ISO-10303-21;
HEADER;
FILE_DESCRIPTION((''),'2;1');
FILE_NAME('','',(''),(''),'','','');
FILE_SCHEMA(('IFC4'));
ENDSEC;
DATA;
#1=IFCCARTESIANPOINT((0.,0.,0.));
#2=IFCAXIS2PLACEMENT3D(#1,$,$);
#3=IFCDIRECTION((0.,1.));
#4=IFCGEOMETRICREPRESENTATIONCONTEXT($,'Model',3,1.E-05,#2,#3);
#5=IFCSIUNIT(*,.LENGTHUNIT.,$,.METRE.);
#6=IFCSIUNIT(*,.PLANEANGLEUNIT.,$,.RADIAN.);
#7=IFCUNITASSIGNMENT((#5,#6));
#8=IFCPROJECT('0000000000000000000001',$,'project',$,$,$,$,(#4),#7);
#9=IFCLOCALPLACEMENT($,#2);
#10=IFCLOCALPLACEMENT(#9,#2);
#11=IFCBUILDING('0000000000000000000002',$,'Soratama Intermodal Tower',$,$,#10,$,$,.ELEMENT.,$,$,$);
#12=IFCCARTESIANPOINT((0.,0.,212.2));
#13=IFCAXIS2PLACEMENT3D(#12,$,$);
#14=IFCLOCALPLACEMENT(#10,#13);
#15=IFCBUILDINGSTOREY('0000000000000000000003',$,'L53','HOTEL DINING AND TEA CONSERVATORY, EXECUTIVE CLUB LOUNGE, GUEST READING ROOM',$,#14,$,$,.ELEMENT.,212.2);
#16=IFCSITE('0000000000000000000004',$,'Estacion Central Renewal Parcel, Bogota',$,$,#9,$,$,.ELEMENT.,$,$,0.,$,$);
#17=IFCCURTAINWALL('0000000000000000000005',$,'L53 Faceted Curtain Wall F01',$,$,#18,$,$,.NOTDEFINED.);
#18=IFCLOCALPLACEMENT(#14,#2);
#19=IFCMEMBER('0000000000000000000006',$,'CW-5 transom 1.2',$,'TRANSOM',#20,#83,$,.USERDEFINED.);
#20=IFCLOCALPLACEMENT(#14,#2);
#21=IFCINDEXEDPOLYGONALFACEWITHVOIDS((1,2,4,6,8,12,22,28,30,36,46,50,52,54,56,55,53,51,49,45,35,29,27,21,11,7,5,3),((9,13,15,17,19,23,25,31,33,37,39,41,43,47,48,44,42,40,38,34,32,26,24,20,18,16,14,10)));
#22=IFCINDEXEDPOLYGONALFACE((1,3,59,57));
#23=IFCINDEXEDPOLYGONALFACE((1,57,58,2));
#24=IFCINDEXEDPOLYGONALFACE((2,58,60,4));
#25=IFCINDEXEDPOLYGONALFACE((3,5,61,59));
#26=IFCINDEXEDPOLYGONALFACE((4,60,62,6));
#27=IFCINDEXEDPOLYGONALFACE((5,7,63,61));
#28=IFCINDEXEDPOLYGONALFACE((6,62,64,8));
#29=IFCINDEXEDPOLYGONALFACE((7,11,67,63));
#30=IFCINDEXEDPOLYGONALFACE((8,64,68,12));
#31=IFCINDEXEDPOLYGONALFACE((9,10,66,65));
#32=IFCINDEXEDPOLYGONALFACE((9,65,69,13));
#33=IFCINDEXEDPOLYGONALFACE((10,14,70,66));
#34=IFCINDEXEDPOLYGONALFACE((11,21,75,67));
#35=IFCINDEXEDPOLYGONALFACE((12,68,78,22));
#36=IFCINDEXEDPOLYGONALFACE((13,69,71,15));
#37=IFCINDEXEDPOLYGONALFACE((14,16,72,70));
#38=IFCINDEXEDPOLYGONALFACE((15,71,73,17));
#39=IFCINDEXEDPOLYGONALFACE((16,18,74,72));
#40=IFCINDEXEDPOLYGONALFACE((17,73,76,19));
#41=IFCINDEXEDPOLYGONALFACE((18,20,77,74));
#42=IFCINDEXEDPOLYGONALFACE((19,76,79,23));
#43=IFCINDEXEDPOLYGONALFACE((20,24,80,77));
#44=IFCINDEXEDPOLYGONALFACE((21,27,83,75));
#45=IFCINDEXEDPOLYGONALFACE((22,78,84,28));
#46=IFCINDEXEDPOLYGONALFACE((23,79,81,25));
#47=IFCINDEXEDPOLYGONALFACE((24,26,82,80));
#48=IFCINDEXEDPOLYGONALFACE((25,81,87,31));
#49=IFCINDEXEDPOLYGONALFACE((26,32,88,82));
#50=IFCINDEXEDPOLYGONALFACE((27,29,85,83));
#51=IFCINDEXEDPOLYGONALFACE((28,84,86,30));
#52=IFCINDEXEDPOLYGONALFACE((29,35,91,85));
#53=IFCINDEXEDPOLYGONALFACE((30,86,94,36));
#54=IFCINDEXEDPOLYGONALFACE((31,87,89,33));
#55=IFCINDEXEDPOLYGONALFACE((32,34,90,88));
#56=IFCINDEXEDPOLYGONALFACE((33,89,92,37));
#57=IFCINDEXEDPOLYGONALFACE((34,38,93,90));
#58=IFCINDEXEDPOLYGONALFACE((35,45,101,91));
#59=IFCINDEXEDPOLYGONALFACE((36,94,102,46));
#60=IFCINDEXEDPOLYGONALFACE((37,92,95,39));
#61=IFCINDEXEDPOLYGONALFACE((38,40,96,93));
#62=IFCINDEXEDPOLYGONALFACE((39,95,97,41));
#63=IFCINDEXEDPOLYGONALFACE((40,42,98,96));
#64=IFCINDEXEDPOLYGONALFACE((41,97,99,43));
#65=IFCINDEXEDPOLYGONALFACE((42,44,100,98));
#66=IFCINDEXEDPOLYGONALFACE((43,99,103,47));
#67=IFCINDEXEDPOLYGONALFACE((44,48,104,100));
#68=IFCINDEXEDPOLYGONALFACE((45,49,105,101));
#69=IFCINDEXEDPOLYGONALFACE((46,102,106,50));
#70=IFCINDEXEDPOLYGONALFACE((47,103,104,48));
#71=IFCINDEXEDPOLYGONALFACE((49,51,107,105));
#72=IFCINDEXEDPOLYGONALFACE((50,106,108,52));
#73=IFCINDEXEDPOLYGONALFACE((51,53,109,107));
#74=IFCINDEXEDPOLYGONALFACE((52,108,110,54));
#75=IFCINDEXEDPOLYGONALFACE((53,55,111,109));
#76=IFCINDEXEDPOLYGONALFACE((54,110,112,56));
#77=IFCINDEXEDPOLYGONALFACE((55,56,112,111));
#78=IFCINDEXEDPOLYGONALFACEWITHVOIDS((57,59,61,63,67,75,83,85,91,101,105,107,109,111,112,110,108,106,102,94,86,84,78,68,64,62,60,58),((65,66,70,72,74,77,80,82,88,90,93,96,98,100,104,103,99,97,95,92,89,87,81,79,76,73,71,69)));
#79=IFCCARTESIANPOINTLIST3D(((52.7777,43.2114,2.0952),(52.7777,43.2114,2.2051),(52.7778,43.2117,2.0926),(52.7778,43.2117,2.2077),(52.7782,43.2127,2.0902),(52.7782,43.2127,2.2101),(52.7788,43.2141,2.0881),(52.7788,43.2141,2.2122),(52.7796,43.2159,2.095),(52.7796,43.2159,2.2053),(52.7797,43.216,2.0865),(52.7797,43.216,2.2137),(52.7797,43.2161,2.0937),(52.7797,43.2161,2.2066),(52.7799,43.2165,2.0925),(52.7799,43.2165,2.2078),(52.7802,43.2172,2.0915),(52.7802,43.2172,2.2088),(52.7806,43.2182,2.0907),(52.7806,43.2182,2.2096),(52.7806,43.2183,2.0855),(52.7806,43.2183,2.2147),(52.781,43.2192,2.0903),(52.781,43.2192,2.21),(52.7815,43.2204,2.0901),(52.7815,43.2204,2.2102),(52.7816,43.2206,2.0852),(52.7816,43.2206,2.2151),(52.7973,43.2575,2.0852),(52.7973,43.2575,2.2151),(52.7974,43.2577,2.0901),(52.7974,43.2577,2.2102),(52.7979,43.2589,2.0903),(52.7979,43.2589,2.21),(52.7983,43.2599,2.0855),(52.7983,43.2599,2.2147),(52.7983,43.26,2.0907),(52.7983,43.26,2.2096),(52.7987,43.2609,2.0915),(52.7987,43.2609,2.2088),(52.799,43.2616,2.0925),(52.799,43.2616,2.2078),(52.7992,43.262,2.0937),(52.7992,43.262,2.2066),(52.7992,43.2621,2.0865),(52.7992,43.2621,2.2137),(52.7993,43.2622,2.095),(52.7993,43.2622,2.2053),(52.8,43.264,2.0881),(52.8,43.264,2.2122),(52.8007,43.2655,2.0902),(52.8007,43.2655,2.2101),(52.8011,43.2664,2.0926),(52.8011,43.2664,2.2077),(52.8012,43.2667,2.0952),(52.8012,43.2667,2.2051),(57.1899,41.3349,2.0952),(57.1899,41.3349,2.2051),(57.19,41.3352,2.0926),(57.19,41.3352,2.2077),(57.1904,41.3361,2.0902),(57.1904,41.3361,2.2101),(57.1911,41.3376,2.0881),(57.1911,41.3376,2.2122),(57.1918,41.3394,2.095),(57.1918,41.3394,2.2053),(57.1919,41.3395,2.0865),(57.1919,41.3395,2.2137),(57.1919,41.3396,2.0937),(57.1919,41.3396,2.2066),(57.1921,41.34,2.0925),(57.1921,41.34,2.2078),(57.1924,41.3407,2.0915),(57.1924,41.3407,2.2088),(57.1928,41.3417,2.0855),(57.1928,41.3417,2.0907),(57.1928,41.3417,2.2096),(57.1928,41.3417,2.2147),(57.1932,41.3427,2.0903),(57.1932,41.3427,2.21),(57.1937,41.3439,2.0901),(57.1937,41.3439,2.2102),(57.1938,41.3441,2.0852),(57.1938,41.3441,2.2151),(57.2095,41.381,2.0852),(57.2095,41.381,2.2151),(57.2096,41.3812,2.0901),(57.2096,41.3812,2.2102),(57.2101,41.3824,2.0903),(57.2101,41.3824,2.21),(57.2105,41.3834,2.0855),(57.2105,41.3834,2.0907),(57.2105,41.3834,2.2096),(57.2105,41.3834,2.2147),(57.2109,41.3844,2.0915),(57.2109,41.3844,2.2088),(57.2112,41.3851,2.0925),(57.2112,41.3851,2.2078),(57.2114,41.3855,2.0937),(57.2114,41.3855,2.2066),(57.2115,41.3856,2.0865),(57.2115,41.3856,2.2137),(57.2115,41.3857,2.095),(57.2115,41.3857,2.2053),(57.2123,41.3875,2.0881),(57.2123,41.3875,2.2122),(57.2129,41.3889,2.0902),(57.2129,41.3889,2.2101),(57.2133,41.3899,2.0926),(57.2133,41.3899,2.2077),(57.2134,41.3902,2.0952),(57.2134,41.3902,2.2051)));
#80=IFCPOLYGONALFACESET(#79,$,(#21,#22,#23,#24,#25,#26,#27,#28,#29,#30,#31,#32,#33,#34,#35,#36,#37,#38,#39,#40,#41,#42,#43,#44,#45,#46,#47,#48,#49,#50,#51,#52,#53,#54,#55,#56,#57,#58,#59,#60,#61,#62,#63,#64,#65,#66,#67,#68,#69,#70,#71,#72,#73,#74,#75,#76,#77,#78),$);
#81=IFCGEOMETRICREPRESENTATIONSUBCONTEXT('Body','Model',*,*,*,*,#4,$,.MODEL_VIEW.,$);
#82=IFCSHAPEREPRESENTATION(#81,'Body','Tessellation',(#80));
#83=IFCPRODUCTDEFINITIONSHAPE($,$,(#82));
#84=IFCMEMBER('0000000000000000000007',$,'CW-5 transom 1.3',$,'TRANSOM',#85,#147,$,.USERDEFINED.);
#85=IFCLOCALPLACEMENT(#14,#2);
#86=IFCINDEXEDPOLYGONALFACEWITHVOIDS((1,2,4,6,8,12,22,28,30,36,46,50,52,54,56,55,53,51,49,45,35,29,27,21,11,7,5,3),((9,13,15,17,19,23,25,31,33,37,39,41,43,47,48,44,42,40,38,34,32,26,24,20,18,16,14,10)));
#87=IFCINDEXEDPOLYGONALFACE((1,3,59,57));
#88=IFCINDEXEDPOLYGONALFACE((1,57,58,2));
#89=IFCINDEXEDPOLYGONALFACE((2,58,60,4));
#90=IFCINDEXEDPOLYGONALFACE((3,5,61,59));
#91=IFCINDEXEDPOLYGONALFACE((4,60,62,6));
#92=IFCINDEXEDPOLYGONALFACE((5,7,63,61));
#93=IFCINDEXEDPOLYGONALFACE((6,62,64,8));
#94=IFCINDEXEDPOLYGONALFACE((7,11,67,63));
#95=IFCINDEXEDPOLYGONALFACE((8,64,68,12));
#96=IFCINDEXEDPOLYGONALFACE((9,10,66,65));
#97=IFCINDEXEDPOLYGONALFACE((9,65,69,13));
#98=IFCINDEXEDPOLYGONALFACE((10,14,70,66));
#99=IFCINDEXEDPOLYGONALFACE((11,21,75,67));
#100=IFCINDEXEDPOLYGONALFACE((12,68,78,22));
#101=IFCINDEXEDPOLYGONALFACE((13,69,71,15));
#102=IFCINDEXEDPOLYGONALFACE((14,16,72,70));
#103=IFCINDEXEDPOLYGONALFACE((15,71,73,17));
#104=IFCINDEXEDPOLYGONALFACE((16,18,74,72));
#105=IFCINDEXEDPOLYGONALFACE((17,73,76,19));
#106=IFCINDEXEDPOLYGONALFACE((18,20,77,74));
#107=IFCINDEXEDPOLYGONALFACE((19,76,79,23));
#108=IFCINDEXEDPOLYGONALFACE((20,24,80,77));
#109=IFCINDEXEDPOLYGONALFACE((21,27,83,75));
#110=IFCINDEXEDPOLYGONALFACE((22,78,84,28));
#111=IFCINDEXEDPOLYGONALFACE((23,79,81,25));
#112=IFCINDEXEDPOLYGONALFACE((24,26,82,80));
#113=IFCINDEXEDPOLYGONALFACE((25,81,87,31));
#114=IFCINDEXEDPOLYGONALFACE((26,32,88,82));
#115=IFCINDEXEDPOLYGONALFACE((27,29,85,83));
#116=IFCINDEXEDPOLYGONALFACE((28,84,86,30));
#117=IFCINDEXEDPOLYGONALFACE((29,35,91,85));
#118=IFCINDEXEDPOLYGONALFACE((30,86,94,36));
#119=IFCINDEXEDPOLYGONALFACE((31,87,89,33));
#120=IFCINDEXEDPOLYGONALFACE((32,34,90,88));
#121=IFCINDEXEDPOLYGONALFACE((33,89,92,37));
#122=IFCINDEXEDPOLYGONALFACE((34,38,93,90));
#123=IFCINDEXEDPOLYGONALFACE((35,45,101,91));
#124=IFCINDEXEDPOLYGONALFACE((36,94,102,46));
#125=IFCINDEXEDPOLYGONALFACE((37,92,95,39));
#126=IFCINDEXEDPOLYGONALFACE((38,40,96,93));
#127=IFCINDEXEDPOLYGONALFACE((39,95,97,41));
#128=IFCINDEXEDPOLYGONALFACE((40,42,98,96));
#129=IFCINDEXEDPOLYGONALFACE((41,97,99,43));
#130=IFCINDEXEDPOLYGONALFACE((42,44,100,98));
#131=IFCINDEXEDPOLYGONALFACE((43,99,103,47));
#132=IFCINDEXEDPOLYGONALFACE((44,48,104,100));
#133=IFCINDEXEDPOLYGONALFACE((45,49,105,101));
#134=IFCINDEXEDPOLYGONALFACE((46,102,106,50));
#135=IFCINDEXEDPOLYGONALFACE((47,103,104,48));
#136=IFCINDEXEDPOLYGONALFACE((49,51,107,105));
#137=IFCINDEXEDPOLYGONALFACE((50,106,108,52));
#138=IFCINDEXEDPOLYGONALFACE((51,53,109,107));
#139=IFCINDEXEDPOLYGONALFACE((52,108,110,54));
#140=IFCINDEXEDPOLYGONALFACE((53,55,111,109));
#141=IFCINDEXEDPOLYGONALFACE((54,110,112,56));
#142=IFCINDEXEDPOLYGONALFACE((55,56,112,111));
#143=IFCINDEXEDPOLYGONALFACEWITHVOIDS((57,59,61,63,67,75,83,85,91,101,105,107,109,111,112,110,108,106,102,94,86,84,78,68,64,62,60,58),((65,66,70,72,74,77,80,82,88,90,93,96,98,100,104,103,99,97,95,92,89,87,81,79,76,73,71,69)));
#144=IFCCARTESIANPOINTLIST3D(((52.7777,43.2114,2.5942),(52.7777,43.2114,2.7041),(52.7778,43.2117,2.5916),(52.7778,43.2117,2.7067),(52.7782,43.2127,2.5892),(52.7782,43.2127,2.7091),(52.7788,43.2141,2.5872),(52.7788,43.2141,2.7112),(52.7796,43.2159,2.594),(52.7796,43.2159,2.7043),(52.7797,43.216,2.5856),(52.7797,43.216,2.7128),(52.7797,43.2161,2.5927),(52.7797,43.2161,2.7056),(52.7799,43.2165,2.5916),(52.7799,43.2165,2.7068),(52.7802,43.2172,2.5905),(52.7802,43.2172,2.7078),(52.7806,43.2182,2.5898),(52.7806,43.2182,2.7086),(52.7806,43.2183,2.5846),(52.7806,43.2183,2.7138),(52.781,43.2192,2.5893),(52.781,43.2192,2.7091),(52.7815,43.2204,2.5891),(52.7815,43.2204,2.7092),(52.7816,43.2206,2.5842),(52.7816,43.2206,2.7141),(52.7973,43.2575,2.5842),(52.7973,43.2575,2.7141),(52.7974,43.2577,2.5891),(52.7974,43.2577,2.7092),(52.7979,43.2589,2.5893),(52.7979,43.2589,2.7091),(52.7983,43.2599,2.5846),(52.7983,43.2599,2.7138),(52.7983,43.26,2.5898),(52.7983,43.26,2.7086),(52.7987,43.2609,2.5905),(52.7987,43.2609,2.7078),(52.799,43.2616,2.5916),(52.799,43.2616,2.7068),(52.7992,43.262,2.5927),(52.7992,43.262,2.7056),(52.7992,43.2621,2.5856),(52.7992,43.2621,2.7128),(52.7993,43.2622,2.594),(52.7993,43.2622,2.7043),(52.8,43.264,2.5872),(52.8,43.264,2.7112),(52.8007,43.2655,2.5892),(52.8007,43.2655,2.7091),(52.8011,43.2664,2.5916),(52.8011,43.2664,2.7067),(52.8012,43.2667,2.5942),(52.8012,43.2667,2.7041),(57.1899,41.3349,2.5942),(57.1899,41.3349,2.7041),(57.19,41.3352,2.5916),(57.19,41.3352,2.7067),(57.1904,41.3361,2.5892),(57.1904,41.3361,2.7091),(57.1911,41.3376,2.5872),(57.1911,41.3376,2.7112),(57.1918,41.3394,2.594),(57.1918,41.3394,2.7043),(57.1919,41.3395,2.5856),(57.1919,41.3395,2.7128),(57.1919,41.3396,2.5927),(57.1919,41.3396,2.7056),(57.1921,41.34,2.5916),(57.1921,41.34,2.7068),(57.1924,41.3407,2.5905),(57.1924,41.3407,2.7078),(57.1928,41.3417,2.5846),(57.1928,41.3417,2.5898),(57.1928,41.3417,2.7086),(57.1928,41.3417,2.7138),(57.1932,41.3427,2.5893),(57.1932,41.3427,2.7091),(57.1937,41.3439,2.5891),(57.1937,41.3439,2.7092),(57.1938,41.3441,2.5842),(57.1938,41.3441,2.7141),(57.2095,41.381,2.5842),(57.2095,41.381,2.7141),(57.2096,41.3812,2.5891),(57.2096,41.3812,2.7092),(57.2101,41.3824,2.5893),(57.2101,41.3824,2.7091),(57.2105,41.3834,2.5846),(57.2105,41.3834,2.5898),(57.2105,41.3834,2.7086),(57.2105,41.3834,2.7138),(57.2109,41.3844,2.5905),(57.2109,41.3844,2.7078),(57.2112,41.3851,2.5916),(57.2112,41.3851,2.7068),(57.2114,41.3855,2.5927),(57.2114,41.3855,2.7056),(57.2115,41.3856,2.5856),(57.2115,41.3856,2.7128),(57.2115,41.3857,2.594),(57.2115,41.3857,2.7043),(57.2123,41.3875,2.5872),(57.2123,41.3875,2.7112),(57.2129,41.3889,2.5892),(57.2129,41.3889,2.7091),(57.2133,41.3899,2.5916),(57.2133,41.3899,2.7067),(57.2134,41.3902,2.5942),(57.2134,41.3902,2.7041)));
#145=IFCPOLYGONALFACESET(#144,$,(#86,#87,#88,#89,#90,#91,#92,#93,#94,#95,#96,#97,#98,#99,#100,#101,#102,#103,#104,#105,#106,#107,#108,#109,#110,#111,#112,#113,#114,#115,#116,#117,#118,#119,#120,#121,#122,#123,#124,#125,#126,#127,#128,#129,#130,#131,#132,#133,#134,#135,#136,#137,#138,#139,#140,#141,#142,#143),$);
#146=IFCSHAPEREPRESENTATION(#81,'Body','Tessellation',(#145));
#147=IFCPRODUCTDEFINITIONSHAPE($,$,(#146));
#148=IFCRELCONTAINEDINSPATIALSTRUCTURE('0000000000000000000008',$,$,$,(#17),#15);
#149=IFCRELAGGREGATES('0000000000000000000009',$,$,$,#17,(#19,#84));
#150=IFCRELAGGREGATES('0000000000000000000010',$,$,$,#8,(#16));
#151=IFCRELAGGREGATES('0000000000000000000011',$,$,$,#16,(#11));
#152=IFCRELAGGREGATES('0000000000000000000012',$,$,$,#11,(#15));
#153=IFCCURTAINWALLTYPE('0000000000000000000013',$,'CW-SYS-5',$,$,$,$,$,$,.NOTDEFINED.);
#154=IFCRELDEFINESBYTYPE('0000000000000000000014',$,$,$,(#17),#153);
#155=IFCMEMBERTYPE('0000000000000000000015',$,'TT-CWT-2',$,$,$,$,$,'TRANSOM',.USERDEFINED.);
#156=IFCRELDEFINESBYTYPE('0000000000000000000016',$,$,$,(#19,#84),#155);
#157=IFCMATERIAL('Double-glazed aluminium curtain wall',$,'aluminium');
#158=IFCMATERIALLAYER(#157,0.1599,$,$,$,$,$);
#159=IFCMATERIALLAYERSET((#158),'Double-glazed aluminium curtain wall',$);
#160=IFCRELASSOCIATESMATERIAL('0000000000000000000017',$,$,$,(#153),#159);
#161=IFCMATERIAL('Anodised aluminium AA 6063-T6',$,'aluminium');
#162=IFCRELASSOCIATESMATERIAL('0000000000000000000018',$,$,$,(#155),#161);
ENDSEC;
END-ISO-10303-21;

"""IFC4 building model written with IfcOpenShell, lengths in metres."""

from ifc_helpers import new_model, si_unit, direction, frame, origin, origin_2d, place, context, subcontext, project, spatial, hollow_rectangle, extrude, material, layer, layer_set, material_profile, profile_set, type_object, element, aggregate, save


model = new_model("IFC4")

# Units and contexts
model_context = context("Model", 3, precision=1e-05, world=origin(), true_north=direction((0.0, 1.0)))
body_context = subcontext(model_context, "Body", "Model", "MODEL_VIEW")
ifc_project = project(units=[si_unit("LENGTHUNIT", "METRE"), si_unit("PLANEANGLEUNIT", "RADIAN")], contexts=[model_context])

# Site, building, storey
site_placement = place(None, origin())
site = spatial("IfcSite", under=ifc_project, at=site_placement, Name="Estacion Central Renewal Parcel, Bogota", CompositionType="ELEMENT", RefElevation=0.0)
building_placement = place(site_placement, origin())
building = spatial("IfcBuilding", under=site, at=building_placement, Name="Soratama Intermodal Tower", CompositionType="ELEMENT")
storey_placement = place(building_placement, frame((0.0, 0.0, 212.2)))
storey = spatial("IfcBuildingStorey", under=building, at=storey_placement, Name="L53", Description="HOTEL DINING AND TEA CONSERVATORY, EXECUTIVE CLUB LOUNGE, GUEST READING ROOM", CompositionType="ELEMENT", Elevation=212.2)

# Curtain wall
ifc_material_1 = material(Name="Double-glazed aluminium curtain wall", Category="aluminium")
ifc_layer_1 = layer(ifc_material_1, 0.1599)
ifc_layer_set_1 = layer_set([ifc_layer_1], Name="Double-glazed aluminium curtain wall")
curtain_wall_type = type_object("IfcCurtainWallType", Name="CW-SYS-5", PredefinedType="NOTDEFINED", material=ifc_layer_set_1)
curtain_wall_1_placement = place(storey_placement, origin())
curtain_wall_1 = element("IfcCurtainWall", 1, at=curtain_wall_1_placement, inside=storey, type_object=curtain_wall_type, Name="L53 Faceted Curtain Wall F01", PredefinedType="NOTDEFINED")

# Members
ifc_material_2 = material(Name="Anodised aluminium AA 6063-T6", Category="aluminium")
ifc_material_profile_1 = material_profile(ifc_material_2, hollow_rectangle(XDim=0.0601, YDim=0.1299, WallThickness=0.0049, InnerFilletRadius=0.0049, OuterFilletRadius=0.01, at=origin_2d()), Name="CWT130X60X5")
ifc_profile_set_1 = profile_set([ifc_material_profile_1], Name="Anodised aluminium AA 6063-T6")
member_type_1 = type_object("IfcMemberType", Name="TT-CWT-2", ElementType="TRANSOM", PredefinedType="USERDEFINED", material=ifc_profile_set_1)
member_1_placement = place(storey_placement, frame((57.2017, 41.3625, 2.1501), z_axis=(-0.920232, 0.391374, 0.0), x_axis=(-0.391374, -0.920232, 0.0)))
member_1 = element("IfcMember", 2, at=member_1_placement, type_object=member_type_1, Name="CW-5 transom 1.2", ObjectType="TRANSOM", PredefinedType="USERDEFINED", context=body_context, shape_type="SweptSolid", body=[
    extrude(hollow_rectangle(XDim=0.0601, YDim=0.1299, WallThickness=0.0049, InnerFilletRadius=0.0049, OuterFilletRadius=0.01, at=origin_2d()), origin(), (0.0, 0.0, 1.0), 4.7947),
])
member_2_placement = place(storey_placement, frame((57.2017, 41.3625, 2.6492), z_axis=(-0.920232, 0.391374, 0.0), x_axis=(-0.391374, -0.920232, 0.0)))
member_2 = element("IfcMember", 3, at=member_2_placement, type_object=member_type_1, Name="CW-5 transom 1.3", ObjectType="TRANSOM", PredefinedType="USERDEFINED", context=body_context, shape_type="SweptSolid", body=[
    extrude(hollow_rectangle(XDim=0.0601, YDim=0.1299, WallThickness=0.0049, InnerFilletRadius=0.0049, OuterFilletRadius=0.01, at=origin_2d()), origin(), (0.0, 0.0, 1.0), 4.7947),
])

aggregate(curtain_wall_1, [member_1, member_2])

save(model, "model.ifc")
